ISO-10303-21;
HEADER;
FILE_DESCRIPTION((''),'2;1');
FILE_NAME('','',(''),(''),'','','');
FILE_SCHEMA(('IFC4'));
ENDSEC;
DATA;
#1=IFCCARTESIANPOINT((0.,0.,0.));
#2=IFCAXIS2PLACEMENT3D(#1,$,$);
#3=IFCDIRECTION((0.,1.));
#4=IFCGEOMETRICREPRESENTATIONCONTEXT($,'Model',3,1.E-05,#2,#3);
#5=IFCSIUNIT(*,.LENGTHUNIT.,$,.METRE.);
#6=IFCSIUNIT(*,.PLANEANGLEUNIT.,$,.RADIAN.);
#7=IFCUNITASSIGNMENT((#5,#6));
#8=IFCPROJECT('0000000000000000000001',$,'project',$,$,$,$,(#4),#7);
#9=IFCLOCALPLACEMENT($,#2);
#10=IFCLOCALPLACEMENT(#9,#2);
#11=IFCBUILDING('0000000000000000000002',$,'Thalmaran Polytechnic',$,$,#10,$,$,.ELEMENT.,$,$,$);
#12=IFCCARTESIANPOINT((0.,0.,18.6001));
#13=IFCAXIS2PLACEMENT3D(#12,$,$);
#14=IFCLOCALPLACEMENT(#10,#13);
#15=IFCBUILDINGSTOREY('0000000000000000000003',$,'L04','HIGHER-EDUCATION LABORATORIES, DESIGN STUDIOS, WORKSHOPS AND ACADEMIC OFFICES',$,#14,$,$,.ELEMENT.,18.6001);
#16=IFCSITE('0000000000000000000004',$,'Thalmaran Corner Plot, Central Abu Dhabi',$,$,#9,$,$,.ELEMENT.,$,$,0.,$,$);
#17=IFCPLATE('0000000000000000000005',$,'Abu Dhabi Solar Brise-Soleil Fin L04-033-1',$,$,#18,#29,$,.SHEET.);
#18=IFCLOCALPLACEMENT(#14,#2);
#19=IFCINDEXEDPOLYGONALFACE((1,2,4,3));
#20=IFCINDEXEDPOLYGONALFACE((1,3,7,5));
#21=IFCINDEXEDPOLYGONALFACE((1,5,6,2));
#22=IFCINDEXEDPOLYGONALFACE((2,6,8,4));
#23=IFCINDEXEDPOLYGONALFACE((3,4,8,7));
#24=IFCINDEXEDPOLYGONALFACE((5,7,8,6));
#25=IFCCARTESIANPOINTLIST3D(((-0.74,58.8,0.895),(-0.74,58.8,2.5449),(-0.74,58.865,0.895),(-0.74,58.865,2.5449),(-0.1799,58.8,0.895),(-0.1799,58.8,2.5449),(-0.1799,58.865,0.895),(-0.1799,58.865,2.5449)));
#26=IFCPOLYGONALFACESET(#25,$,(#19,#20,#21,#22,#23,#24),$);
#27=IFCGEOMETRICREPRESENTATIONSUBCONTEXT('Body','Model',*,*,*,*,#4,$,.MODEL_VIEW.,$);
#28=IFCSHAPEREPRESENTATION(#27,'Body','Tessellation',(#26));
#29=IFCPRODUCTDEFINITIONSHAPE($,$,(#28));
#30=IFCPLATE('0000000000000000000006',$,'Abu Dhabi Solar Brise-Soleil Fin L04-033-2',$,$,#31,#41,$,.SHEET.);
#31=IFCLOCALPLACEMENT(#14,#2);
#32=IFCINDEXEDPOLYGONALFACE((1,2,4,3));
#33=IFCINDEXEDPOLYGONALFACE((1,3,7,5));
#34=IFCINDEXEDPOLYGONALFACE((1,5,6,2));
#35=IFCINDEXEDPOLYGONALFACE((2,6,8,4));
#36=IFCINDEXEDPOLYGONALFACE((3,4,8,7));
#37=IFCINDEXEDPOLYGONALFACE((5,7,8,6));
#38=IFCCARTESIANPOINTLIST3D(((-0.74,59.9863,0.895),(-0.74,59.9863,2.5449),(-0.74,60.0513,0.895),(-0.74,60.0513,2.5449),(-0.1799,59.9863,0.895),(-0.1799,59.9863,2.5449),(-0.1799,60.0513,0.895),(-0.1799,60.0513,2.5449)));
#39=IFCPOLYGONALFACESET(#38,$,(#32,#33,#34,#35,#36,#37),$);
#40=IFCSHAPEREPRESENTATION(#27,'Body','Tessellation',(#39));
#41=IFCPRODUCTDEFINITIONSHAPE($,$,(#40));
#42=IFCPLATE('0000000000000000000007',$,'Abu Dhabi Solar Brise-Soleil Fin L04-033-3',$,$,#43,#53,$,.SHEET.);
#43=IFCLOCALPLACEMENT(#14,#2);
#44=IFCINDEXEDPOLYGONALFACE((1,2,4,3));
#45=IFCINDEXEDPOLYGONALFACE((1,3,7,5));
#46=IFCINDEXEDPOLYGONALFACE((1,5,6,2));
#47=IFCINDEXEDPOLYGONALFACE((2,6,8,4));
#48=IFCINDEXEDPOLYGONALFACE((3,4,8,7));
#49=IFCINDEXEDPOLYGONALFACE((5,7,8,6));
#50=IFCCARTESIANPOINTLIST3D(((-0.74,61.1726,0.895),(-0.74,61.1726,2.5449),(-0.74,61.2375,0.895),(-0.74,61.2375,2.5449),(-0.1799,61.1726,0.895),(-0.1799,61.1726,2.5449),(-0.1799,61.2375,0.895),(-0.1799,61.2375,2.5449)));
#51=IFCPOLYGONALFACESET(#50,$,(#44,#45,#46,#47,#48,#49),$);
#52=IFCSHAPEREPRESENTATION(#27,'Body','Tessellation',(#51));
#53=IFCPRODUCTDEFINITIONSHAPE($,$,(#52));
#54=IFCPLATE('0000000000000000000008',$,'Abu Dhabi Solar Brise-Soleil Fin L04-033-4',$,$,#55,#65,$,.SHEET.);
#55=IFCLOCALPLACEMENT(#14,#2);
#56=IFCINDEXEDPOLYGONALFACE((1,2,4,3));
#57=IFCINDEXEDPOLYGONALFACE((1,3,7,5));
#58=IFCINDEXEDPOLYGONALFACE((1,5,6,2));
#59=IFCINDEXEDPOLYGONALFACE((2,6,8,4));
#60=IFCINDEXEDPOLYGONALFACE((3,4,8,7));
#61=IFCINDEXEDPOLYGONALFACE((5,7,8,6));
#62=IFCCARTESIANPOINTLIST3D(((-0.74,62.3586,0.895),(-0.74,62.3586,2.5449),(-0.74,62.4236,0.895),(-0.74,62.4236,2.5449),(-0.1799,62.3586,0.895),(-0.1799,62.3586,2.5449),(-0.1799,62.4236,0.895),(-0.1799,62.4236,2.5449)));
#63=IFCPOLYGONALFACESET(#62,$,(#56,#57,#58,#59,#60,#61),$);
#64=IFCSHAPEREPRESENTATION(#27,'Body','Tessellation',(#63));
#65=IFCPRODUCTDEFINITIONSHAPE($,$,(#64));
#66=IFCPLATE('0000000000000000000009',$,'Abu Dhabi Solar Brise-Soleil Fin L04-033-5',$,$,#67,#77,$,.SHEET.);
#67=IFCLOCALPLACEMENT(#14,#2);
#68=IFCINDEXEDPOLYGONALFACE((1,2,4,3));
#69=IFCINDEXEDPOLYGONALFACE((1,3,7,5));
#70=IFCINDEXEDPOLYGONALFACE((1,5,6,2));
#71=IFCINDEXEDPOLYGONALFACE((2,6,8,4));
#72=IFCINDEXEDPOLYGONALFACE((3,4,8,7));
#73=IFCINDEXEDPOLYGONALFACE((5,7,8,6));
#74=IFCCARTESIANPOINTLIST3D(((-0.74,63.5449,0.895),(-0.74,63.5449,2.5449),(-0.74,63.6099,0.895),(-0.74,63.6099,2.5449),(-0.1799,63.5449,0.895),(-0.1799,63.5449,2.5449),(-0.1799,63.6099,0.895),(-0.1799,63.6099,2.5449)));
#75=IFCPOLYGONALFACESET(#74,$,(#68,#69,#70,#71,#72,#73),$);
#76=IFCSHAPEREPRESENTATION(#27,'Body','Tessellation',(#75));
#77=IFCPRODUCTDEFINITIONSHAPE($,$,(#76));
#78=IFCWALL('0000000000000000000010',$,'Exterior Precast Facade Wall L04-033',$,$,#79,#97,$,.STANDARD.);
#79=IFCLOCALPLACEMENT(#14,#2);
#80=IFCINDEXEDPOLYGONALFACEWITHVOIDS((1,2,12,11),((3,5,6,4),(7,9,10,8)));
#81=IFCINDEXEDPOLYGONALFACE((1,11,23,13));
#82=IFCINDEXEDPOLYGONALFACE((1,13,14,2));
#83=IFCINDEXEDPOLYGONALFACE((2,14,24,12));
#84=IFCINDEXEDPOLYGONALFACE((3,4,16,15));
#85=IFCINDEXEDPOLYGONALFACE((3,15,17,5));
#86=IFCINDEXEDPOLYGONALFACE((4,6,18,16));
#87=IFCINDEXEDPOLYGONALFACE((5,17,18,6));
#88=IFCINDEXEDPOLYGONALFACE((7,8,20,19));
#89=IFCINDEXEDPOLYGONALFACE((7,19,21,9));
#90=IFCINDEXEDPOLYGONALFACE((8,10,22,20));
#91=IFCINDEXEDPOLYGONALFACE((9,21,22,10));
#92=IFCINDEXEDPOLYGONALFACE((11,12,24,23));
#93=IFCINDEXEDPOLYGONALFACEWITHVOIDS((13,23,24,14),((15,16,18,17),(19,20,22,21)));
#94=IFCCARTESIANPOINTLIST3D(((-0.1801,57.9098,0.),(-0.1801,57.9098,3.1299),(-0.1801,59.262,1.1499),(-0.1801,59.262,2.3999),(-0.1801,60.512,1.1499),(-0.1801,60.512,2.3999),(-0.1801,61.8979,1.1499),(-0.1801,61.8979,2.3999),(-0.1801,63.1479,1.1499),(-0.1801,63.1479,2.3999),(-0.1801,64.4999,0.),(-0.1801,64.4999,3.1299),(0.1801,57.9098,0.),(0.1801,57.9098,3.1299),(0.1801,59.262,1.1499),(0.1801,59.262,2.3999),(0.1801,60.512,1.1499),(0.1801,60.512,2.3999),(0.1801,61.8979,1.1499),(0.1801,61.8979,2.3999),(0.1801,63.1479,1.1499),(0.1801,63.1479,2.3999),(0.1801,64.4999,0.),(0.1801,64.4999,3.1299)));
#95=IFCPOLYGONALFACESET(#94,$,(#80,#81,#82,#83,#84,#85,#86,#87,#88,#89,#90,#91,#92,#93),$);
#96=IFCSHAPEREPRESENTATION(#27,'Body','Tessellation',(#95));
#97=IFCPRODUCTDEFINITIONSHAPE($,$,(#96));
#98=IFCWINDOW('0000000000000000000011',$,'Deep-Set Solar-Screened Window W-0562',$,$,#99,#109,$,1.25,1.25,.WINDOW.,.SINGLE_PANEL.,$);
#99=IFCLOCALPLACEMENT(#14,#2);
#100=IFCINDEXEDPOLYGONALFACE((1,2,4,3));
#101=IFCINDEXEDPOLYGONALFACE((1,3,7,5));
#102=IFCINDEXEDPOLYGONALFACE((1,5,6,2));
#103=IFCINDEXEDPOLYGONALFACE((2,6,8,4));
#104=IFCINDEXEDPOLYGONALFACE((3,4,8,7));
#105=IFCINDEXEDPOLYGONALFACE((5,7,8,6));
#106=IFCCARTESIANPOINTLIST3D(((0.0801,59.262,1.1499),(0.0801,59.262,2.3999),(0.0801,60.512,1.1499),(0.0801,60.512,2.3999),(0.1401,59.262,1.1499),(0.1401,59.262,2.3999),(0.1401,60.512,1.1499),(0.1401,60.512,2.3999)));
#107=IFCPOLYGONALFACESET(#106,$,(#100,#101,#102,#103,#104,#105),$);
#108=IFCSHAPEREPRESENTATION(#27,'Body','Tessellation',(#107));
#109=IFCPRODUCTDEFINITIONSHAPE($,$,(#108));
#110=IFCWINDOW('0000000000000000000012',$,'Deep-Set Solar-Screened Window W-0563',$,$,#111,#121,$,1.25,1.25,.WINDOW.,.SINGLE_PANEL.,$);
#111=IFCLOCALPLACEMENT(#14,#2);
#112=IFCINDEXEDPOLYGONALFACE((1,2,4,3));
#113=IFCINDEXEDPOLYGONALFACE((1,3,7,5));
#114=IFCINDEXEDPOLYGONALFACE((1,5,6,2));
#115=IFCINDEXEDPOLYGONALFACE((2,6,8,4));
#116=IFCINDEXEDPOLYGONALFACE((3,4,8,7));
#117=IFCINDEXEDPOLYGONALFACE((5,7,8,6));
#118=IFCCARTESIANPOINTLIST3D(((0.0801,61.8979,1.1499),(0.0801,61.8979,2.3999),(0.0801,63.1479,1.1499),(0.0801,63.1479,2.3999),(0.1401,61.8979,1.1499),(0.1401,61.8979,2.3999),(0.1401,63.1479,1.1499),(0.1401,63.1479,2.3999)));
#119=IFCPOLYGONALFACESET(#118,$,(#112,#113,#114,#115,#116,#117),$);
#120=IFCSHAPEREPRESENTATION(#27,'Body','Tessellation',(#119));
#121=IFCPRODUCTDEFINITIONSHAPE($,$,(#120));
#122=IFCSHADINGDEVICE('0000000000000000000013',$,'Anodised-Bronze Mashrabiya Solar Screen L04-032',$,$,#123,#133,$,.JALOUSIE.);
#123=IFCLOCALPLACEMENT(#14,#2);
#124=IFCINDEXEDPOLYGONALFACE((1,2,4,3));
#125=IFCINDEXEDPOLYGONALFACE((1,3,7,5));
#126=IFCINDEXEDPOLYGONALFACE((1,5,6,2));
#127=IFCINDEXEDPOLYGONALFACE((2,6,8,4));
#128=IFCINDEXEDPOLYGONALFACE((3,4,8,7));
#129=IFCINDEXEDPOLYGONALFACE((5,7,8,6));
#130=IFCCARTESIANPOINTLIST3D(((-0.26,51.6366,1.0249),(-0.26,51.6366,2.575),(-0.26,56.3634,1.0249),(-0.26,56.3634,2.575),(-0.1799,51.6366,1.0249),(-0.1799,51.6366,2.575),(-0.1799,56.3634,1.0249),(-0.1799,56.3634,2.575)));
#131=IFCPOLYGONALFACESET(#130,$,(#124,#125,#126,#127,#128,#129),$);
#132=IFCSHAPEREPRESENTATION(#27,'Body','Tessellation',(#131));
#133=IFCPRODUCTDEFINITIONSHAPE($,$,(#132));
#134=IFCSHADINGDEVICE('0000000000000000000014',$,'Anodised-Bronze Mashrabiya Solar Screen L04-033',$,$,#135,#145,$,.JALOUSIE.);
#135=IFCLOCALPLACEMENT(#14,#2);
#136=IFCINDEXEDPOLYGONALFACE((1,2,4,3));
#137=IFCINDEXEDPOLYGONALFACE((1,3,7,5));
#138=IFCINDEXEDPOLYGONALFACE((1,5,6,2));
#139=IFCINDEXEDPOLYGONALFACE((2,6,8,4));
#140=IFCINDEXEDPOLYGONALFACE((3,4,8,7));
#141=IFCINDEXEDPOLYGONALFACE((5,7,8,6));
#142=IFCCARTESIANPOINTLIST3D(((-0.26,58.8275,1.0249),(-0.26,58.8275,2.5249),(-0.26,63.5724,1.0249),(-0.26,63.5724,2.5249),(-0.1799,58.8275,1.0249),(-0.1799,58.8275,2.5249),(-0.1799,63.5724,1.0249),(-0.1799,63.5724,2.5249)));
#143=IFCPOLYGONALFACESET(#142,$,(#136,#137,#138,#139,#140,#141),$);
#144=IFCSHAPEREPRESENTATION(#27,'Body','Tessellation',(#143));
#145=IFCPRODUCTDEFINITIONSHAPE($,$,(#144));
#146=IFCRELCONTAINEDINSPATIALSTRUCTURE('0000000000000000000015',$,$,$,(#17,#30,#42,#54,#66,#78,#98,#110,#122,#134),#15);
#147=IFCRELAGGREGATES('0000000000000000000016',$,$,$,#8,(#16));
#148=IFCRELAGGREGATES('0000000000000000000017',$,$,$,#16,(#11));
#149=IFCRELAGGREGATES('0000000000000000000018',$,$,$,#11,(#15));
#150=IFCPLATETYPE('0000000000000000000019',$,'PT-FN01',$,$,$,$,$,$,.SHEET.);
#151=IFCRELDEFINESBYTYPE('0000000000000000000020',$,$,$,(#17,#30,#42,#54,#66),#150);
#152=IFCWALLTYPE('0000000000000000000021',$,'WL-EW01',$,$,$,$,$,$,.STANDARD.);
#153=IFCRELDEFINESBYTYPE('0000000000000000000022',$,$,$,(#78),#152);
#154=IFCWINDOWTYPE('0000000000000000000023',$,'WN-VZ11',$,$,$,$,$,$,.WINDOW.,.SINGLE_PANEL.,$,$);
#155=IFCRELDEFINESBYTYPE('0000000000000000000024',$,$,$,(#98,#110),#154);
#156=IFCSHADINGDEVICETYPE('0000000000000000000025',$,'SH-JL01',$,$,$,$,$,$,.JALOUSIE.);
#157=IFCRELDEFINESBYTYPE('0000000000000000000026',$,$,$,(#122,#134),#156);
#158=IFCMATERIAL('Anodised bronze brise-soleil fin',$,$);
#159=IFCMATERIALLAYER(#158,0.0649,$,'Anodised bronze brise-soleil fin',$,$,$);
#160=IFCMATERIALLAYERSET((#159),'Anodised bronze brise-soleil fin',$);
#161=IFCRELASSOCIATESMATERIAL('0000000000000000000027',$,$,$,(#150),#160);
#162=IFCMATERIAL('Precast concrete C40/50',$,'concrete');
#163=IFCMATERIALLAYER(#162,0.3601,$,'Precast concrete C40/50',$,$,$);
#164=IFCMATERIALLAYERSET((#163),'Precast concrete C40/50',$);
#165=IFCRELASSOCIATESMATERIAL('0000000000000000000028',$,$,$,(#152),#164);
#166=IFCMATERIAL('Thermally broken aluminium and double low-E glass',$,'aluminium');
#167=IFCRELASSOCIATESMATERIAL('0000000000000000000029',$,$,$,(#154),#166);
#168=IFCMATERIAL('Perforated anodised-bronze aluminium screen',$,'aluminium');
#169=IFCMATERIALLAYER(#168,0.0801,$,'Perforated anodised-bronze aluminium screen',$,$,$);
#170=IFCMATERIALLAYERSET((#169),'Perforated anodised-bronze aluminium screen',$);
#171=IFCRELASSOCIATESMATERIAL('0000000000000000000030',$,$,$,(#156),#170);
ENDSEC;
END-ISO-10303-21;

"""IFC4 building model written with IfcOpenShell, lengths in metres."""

from ifc_helpers import new_model, si_unit, direction, frame, frame_2d, origin, origin_2d, place, context, subcontext, project, spatial, rectangle, extrude, material, layer, layer_set, type_object, element, fill, save


model = new_model("IFC4")

# Units and contexts
model_context = context("Model", 3, precision=1e-05, world=origin(), true_north=direction((0.0, 1.0)))
body_context = subcontext(model_context, "Body", "Model", "MODEL_VIEW")
ifc_project = project(units=[si_unit("LENGTHUNIT", "METRE"), si_unit("PLANEANGLEUNIT", "RADIAN")], contexts=[model_context])

# Site, building, storey
site_placement = place(None, origin())
site = spatial("IfcSite", under=ifc_project, at=site_placement, Name="Thalmaran Corner Plot, Central Abu Dhabi", CompositionType="ELEMENT", RefElevation=0.0)
building_placement = place(site_placement, origin())
building = spatial("IfcBuilding", under=site, at=building_placement, Name="Thalmaran Polytechnic", CompositionType="ELEMENT")
storey_placement = place(building_placement, frame((0.0, 0.0, 18.6001)))
storey = spatial("IfcBuildingStorey", under=building, at=storey_placement, Name="L04", Description="HIGHER-EDUCATION LABORATORIES, DESIGN STUDIOS, WORKSHOPS AND ACADEMIC OFFICES", CompositionType="ELEMENT", Elevation=18.6001)

# Plates
ifc_material_1 = material(Name="Anodised bronze brise-soleil fin")
ifc_layer_1 = layer(ifc_material_1, 0.0649, Name="Anodised bronze brise-soleil fin")
ifc_layer_set_1 = layer_set([ifc_layer_1], Name="Anodised bronze brise-soleil fin")
plate_type_1 = type_object("IfcPlateType", Name="PT-FN01", PredefinedType="SHEET", material=ifc_layer_set_1)
for number, where, z_axis, x_axis, name in (
    (1, (-0.46, 58.8325, 0.895), (0.0, 0.0, 1.0), (0.0, 1.0, 0.0), "Abu Dhabi Solar Brise-Soleil Fin L04-033-1"),
    (2, (-0.46, 60.0188, 0.895), (0.0, 0.0, 1.0), (0.0, 1.0, 0.0), "Abu Dhabi Solar Brise-Soleil Fin L04-033-2"),
    (3, (-0.46, 61.2051, 0.895), (0.0, 0.0, 1.0), (0.0, 1.0, 0.0), "Abu Dhabi Solar Brise-Soleil Fin L04-033-3"),
    (4, (-0.46, 62.3911, 0.895), (0.0, 0.0, 1.0), (0.0, 1.0, 0.0), "Abu Dhabi Solar Brise-Soleil Fin L04-033-4"),
    (5, (-0.46, 63.5774, 0.895), (0.0, 0.0, 1.0), (0.0, 1.0, 0.0), "Abu Dhabi Solar Brise-Soleil Fin L04-033-5"),
):
    element("IfcPlate", number, at=place(storey_placement, frame(where, z_axis=z_axis, x_axis=x_axis)), inside=storey, type_object=plate_type_1, Name=name, PredefinedType="SHEET", context=body_context, shape_type="SweptSolid", body=[
        extrude(rectangle(XDim=0.0649, YDim=0.5601, at=origin_2d()), origin(), (0.0, 0.0, 1.0), 1.6499),
    ])

# Wall, openings, windows
ifc_material_2 = material(Name="Precast concrete C40/50", Category="concrete")
ifc_layer_2 = layer(ifc_material_2, 0.3601, Name="Precast concrete C40/50")
ifc_layer_set_2 = layer_set([ifc_layer_2], Name="Precast concrete C40/50")
wall_type = type_object("IfcWallType", Name="WL-EW01", PredefinedType="STANDARD", material=ifc_layer_set_2)
wall_placement = place(storey_placement, frame((0.0, 57.9099, 0.0), z_axis=(0.0, 0.0, 1.0), x_axis=(0.0, 1.0, 0.0)))
wall = element("IfcWall", 6, at=wall_placement, inside=storey, type_object=wall_type, Name="Exterior Precast Facade Wall L04-033", PredefinedType="STANDARD", context=body_context, shape_type="SweptSolid", body=[
    extrude(rectangle(XDim=6.5901, YDim=0.3601, at=frame_2d((3.2949, 0.0))), origin(), (0.0, 0.0, 1.0), 3.1299),
])
opening_1_placement = place(wall_placement, frame((1.3521, 0.0, 1.1499)))
opening_1 = element("IfcOpeningElement", 7, at=opening_1_placement, cuts=wall, PredefinedType="OPENING", context=body_context, shape_type="SweptSolid", body=[
    extrude(rectangle(XDim=1.25, YDim=1.25, at=frame_2d((0.625, 0.625))), frame((0.0, 0.1899, 0.0), z_axis=(0.0, -1.0, 0.0), x_axis=(1.0, 0.0, 0.0)), (0.0, 0.0, 1.0), 0.3801),
])
opening_2_placement = place(wall_placement, frame((3.988, 0.0, 1.1499)))
opening_2 = element("IfcOpeningElement", 8, at=opening_2_placement, cuts=wall, PredefinedType="OPENING", context=body_context, shape_type="SweptSolid", body=[
    extrude(rectangle(XDim=1.25, YDim=1.25, at=frame_2d((0.625, 0.625))), frame((0.0, 0.1899, 0.0), z_axis=(0.0, -1.0, 0.0), x_axis=(1.0, 0.0, 0.0)), (0.0, 0.0, 1.0), 0.3801),
])
ifc_material_3 = material(Name="Thermally broken aluminium and double low-E glass", Category="aluminium")
window_type = type_object("IfcWindowType", Name="WN-VZ11", PartitioningType="SINGLE_PANEL", PredefinedType="WINDOW", material=ifc_material_3)
window_1_placement = place(opening_1_placement, origin())
window_1 = element("IfcWindow", 9, at=window_1_placement, inside=storey, type_object=window_type, Name="Deep-Set Solar-Screened Window W-0562", OverallHeight=1.25, OverallWidth=1.25, PartitioningType="SINGLE_PANEL", PredefinedType="WINDOW", context=body_context, shape_type="SweptSolid", body=[
    extrude(rectangle(XDim=1.25, YDim=1.25, at=frame_2d((0.625, 0.625))), frame((0.0, -0.0801, 0.0), z_axis=(0.0, -1.0, 0.0), x_axis=(1.0, 0.0, 0.0)), (0.0, 0.0, 1.0), 0.0601),
])
fill(opening_1, window_1)
window_2_placement = place(opening_2_placement, origin())
window_2 = element("IfcWindow", 10, at=window_2_placement, inside=storey, type_object=window_type, Name="Deep-Set Solar-Screened Window W-0563", OverallHeight=1.25, OverallWidth=1.25, PartitioningType="SINGLE_PANEL", PredefinedType="WINDOW", context=body_context, shape_type="SweptSolid", body=[
    extrude(rectangle(XDim=1.25, YDim=1.25, at=frame_2d((0.625, 0.625))), frame((0.0, -0.0801, 0.0), z_axis=(0.0, -1.0, 0.0), x_axis=(1.0, 0.0, 0.0)), (0.0, 0.0, 1.0), 0.0601),
])
fill(opening_2, window_2)

# Shading devices
ifc_material_4 = material(Name="Perforated anodised-bronze aluminium screen", Category="aluminium")
ifc_layer_3 = layer(ifc_material_4, 0.0801, Name="Perforated anodised-bronze aluminium screen")
ifc_layer_set_3 = layer_set([ifc_layer_3], Name="Perforated anodised-bronze aluminium screen")
shading_device_type = type_object("IfcShadingDeviceType", Name="SH-JL01", PredefinedType="JALOUSIE", material=ifc_layer_set_3)
shading_device_1_placement = place(storey_placement, frame((-0.22, 54.0, 1.0249), z_axis=(0.0, 0.0, 1.0), x_axis=(0.0, 1.0, 0.0)))
element("IfcShadingDevice", 11, at=shading_device_1_placement, inside=storey, type_object=shading_device_type, Name="Anodised-Bronze Mashrabiya Solar Screen L04-032", PredefinedType="JALOUSIE", context=body_context, shape_type="SweptSolid", body=[
    extrude(rectangle(XDim=4.7268, YDim=0.0801, at=origin_2d()), origin(), (0.0, 0.0, 1.0), 1.55),
])
shading_device_2_placement = place(storey_placement, frame((-0.22, 61.2, 1.0249), z_axis=(0.0, 0.0, 1.0), x_axis=(0.0, 1.0, 0.0)))
element("IfcShadingDevice", 12, at=shading_device_2_placement, inside=storey, type_object=shading_device_type, Name="Anodised-Bronze Mashrabiya Solar Screen L04-033", PredefinedType="JALOUSIE", context=body_context, shape_type="SweptSolid", body=[
    extrude(rectangle(XDim=4.7449, YDim=0.0801, at=origin_2d()), origin(), (0.0, 0.0, 1.0), 1.5),
])

save(model, "model.ifc")
